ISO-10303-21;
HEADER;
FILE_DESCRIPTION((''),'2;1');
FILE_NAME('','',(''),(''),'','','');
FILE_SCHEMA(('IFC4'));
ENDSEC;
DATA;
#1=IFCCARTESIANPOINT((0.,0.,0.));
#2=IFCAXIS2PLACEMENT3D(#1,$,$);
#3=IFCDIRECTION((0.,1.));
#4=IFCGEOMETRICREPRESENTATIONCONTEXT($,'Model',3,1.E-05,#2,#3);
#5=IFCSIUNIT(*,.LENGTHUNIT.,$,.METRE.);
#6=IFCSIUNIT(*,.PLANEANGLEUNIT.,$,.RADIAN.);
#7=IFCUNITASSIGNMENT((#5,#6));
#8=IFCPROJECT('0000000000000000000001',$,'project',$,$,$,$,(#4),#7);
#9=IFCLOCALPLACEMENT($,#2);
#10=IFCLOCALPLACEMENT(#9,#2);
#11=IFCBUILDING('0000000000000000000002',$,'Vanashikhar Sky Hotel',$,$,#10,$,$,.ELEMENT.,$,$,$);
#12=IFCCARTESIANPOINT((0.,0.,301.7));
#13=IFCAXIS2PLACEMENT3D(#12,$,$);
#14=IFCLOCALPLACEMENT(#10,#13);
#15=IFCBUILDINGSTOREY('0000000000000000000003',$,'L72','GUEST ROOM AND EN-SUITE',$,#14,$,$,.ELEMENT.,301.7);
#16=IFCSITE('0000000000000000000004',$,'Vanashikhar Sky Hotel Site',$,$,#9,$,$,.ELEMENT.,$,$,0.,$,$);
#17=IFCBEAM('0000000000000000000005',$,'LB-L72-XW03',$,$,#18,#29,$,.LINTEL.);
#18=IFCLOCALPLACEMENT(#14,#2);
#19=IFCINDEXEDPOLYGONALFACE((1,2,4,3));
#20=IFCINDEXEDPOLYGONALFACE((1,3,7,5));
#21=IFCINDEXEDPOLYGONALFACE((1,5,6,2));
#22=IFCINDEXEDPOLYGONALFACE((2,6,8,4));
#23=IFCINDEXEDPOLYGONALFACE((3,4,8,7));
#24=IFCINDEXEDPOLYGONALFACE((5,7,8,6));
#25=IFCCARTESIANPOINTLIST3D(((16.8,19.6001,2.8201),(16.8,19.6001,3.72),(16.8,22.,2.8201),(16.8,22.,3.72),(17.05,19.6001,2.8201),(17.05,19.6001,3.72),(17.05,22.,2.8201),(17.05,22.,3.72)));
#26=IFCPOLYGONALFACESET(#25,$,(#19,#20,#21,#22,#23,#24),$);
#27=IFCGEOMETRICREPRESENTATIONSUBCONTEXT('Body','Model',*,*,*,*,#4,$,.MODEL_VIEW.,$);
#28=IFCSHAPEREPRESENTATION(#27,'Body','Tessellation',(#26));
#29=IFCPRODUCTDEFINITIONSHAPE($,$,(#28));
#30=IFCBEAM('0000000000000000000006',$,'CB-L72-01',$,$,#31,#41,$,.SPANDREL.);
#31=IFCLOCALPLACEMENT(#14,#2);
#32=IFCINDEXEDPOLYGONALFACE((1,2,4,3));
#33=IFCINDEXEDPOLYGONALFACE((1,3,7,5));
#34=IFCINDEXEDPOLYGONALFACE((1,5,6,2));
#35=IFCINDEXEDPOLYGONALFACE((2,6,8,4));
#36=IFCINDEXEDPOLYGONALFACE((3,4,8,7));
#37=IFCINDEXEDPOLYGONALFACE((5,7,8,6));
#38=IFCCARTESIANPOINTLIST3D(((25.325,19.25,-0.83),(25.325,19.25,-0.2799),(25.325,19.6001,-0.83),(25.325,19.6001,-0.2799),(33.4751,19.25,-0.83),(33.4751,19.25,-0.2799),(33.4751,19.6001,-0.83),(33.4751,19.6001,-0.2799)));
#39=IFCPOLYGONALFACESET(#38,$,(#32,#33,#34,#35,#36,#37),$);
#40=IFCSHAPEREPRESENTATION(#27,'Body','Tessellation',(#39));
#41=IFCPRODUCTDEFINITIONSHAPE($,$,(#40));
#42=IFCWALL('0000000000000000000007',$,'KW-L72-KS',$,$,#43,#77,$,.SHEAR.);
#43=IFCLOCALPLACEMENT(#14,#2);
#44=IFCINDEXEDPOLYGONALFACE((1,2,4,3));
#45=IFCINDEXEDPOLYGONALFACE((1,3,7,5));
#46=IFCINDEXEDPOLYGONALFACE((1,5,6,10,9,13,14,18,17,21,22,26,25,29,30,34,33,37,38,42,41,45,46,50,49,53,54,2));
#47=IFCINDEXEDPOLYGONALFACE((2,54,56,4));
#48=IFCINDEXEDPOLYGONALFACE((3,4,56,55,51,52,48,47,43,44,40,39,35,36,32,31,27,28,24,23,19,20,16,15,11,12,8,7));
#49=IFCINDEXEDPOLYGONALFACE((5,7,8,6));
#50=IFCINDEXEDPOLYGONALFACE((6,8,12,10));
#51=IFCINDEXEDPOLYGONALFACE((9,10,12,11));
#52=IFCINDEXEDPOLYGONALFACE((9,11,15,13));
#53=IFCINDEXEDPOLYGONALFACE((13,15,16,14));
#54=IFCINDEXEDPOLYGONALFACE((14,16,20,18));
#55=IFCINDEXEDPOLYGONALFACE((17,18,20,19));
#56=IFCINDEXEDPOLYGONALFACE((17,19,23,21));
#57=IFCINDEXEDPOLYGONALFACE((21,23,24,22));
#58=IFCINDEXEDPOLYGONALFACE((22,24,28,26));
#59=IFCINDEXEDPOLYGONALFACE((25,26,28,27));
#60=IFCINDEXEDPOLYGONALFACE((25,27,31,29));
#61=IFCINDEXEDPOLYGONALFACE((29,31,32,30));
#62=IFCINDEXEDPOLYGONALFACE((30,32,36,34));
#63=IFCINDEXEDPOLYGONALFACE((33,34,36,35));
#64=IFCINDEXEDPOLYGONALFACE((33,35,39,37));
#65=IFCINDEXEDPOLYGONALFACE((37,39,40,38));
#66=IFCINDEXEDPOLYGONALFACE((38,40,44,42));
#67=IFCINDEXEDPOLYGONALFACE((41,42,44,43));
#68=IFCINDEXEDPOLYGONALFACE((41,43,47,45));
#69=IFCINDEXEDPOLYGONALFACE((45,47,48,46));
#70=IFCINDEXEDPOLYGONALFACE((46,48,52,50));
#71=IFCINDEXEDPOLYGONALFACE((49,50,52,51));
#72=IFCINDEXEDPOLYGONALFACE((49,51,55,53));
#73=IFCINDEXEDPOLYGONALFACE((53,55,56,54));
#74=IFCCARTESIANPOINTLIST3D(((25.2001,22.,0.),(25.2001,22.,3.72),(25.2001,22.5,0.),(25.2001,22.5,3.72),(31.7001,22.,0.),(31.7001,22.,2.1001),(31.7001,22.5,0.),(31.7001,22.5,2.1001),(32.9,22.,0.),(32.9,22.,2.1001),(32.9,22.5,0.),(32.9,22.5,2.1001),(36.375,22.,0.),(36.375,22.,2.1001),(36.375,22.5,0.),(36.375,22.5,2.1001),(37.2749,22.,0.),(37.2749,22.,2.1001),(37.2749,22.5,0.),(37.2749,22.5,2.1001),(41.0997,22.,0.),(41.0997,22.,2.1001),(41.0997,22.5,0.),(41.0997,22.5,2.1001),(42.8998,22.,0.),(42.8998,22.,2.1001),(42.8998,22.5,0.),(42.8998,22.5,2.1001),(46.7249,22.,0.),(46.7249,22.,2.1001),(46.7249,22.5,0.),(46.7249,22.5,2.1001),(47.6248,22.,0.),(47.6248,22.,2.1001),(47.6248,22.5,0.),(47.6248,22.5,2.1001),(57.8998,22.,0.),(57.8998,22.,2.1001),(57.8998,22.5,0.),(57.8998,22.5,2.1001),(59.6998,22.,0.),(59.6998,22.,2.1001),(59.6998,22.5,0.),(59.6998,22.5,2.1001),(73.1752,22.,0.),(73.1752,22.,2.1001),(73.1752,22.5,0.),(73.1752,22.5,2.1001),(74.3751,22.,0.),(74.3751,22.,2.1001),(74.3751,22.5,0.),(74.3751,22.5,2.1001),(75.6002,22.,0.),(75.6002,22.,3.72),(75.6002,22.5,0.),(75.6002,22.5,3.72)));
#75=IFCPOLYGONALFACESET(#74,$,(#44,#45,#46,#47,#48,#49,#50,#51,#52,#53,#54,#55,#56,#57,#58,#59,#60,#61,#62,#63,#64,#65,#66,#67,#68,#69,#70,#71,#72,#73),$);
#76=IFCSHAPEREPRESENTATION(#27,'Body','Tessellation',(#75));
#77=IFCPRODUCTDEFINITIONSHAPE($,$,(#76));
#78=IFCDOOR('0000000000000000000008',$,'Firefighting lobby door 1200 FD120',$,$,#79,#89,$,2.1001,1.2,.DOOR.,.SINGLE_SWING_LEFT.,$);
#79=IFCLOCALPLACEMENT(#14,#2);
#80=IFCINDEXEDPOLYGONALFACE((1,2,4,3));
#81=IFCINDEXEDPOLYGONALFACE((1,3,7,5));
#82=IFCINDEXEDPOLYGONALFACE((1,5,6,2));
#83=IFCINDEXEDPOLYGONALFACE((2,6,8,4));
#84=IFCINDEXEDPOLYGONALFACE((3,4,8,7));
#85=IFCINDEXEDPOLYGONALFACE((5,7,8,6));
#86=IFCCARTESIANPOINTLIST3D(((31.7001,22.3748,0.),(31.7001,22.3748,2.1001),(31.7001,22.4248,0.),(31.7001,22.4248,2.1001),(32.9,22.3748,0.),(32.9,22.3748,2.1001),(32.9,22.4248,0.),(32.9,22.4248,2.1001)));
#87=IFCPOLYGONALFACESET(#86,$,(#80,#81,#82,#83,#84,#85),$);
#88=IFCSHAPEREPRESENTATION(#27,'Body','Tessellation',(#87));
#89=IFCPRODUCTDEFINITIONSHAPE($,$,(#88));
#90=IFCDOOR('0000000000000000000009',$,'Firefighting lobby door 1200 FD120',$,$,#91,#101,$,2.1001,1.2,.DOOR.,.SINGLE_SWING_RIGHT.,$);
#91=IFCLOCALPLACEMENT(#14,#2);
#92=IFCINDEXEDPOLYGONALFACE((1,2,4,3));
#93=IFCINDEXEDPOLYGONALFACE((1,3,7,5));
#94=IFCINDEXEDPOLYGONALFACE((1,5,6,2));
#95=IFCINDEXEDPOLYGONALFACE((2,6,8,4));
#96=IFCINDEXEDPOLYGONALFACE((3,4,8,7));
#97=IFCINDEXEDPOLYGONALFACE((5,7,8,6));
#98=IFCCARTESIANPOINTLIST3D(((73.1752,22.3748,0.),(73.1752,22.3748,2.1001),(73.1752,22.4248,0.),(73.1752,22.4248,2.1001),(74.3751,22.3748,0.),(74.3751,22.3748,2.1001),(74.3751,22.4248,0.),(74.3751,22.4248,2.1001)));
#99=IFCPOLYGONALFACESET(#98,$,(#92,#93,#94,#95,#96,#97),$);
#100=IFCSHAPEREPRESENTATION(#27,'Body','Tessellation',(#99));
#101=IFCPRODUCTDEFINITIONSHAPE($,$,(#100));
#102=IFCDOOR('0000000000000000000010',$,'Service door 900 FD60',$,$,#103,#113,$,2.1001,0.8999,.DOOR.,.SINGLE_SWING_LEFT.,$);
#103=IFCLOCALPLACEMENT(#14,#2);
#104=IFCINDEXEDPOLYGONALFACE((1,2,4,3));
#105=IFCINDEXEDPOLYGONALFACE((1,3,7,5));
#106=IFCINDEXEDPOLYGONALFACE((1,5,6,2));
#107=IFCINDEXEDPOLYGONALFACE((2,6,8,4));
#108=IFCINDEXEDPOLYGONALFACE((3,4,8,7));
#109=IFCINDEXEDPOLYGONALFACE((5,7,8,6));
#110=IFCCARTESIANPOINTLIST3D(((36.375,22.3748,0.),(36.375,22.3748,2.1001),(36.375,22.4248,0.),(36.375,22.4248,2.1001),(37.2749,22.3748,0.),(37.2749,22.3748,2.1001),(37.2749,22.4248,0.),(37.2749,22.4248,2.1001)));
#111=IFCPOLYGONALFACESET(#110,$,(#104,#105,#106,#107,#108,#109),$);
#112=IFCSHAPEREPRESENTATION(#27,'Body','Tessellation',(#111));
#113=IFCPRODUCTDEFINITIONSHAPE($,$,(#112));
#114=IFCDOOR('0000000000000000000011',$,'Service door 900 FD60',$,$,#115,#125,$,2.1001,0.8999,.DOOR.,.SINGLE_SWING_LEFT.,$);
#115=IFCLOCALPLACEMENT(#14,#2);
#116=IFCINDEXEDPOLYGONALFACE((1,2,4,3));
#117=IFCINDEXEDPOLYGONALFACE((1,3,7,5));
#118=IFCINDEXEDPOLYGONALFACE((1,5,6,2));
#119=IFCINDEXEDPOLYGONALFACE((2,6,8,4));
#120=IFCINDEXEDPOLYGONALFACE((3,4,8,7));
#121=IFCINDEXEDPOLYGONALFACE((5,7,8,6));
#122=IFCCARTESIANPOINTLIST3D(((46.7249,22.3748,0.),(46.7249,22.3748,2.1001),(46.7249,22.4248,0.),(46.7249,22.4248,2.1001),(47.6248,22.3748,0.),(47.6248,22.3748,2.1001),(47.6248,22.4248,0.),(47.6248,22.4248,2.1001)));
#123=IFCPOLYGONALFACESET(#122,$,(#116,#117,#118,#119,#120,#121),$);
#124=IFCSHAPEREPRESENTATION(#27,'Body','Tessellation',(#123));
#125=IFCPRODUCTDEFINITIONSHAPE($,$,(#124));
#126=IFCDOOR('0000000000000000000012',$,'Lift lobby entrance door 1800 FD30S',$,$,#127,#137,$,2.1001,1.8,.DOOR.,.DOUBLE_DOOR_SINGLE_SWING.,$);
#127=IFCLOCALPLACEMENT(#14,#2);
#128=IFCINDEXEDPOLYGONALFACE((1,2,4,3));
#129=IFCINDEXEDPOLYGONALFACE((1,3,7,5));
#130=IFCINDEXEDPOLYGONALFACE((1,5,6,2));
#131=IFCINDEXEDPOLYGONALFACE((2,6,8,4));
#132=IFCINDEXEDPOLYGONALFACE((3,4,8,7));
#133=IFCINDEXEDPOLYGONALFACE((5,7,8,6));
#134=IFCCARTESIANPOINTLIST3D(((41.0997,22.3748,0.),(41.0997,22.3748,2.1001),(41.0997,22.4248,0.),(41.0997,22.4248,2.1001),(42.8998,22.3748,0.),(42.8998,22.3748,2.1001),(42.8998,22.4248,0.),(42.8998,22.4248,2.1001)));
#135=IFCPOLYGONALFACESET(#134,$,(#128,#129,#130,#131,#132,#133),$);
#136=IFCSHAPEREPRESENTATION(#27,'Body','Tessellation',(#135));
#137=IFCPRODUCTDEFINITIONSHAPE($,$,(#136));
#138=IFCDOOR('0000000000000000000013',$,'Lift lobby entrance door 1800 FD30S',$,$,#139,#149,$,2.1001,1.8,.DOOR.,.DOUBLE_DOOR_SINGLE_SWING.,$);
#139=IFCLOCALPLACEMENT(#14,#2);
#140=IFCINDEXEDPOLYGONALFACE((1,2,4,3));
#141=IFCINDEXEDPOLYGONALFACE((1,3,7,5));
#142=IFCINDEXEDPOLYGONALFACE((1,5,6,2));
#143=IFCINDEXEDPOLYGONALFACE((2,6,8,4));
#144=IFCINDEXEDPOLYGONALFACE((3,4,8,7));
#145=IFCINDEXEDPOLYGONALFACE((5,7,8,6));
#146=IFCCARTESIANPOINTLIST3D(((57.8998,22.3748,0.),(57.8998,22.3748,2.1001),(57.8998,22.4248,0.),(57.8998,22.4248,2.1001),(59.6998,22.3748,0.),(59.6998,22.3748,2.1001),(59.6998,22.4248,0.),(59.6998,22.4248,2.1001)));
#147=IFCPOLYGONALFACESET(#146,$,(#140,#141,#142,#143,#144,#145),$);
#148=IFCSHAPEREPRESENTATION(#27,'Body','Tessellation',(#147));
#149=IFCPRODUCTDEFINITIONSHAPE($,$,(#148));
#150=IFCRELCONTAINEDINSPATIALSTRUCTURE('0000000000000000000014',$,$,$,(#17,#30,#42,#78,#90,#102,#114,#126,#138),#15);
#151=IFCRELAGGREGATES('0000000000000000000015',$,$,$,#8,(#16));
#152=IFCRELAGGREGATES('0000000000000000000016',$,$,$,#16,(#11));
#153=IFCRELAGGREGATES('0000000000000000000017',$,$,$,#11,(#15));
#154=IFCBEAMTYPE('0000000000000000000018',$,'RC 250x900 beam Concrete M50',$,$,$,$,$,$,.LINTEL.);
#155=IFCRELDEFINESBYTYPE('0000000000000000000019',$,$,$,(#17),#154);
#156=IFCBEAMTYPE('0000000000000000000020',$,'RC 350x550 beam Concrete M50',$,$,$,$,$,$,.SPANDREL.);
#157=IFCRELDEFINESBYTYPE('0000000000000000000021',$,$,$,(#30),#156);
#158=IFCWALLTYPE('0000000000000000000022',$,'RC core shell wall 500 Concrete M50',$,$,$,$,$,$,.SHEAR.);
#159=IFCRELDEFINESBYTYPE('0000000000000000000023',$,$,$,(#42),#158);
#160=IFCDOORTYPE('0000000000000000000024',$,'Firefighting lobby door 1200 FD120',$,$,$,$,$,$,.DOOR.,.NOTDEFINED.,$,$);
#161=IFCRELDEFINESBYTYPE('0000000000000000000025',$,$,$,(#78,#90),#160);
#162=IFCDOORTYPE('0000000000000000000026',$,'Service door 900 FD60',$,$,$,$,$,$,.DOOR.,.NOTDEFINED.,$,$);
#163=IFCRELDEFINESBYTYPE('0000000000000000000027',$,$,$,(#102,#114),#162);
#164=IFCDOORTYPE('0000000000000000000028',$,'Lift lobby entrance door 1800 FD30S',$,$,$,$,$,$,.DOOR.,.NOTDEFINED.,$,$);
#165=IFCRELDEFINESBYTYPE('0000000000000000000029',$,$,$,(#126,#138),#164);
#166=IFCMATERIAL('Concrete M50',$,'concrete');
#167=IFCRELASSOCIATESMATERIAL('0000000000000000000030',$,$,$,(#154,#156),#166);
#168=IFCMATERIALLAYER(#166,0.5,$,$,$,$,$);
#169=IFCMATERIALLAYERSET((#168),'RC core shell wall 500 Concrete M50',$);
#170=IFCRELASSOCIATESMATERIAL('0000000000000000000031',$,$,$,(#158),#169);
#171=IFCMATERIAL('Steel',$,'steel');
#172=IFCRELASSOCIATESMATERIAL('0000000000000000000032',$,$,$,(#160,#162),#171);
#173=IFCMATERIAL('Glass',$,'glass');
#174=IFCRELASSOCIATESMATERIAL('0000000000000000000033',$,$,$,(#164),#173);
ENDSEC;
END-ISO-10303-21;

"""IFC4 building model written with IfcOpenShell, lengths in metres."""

from ifc_helpers import new_model, si_unit, direction, frame, frame_2d, origin, origin_2d, place, context, subcontext, project, spatial, rectangle, extrude, source, transform, mapped, material, layer, layer_set, material_profile, profile_set, type_object, element, fill, save


model = new_model("IFC4")

# Units and contexts
model_context = context("Model", 3, precision=1e-05, world=origin(), true_north=direction((0.0, 1.0)))
body_context = subcontext(model_context, "Body", "Model", "MODEL_VIEW")
ifc_project = project(units=[si_unit("LENGTHUNIT", "METRE"), si_unit("PLANEANGLEUNIT", "RADIAN")], contexts=[model_context])

# Site, building, storey
site_placement = place(None, origin())
site = spatial("IfcSite", under=ifc_project, at=site_placement, Name="Vanashikhar Sky Hotel Site", CompositionType="ELEMENT", RefElevation=0.0)
building_placement = place(site_placement, origin())
building = spatial("IfcBuilding", under=site, at=building_placement, Name="Vanashikhar Sky Hotel", CompositionType="ELEMENT")
storey_placement = place(building_placement, frame((0.0, 0.0, 301.7)))
storey = spatial("IfcBuildingStorey", under=building, at=storey_placement, Name="L72", Description="GUEST ROOM AND EN-SUITE", CompositionType="ELEMENT", Elevation=301.7)

# Beams
ifc_material_1 = material(Name="Concrete M50", Category="concrete")
ifc_material_profile_1 = material_profile(ifc_material_1, rectangle(XDim=0.25, YDim=0.8999, at=origin_2d()))
ifc_profile_set_1 = profile_set([ifc_material_profile_1], Name="RC 250x900 beam Concrete M50")
beam_type_1 = type_object("IfcBeamType", Name="RC 250x900 beam Concrete M50", PredefinedType="LINTEL", material=ifc_profile_set_1)
shared_shape_1 = source(origin(), body_context, "Body", "SweptSolid", [
    extrude(rectangle(XDim=0.25, YDim=0.8999, at=origin_2d()), origin(), (0.0, 0.0, 1.0), 2.3999),
])
beam_1_placement = place(storey_placement, frame((16.925, 19.6001, 3.27), z_axis=(0.0, 1.0, 0.0), x_axis=(-1.0, 0.0, 0.0)))
element("IfcBeam", 1, at=beam_1_placement, inside=storey, type_object=beam_type_1, Name="LB-L72-XW03", PredefinedType="LINTEL", context=body_context, shape_type="MappedRepresentation", body=[
    mapped(shared_shape_1, transform((0.0, 0.0, 0.0), scale=1.0)),
])
ifc_material_profile_2 = material_profile(ifc_material_1, rectangle(XDim=0.3501, YDim=0.55, at=origin_2d()))
ifc_profile_set_2 = profile_set([ifc_material_profile_2], Name="RC 350x550 beam Concrete M50")
beam_type_2 = type_object("IfcBeamType", Name="RC 350x550 beam Concrete M50", PredefinedType="SPANDREL", material=ifc_profile_set_2)
shared_shape_2 = source(origin(), body_context, "Body", "SweptSolid", [
    extrude(rectangle(XDim=0.3501, YDim=0.55, at=origin_2d()), origin(), (0.0, 0.0, 1.0), 8.1501),
])
beam_2_placement = place(storey_placement, frame((25.325, 19.425, -0.5549), z_axis=(1.0, 0.0, 0.0), x_axis=(0.0, 1.0, 0.0)))
element("IfcBeam", 2, at=beam_2_placement, inside=storey, type_object=beam_type_2, Name="CB-L72-01", PredefinedType="SPANDREL", context=body_context, shape_type="MappedRepresentation", body=[
    mapped(shared_shape_2, transform((0.0, 0.0, 0.0), scale=1.0)),
])

# Wall, openings, doors
ifc_layer_1 = layer(ifc_material_1, 0.5)
ifc_layer_set_1 = layer_set([ifc_layer_1], Name="RC core shell wall 500 Concrete M50")
wall_type_1 = type_object("IfcWallType", Name="RC core shell wall 500 Concrete M50", PredefinedType="SHEAR", material=ifc_layer_set_1)
shared_shape_3 = source(origin(), body_context, "Body", "SweptSolid", [
    extrude(rectangle(XDim=50.4001, YDim=0.5, at=frame_2d((25.2002, 0.0))), origin(), (0.0, 0.0, 1.0), 3.72),
])
wall_1_placement = place(storey_placement, frame((25.2, 22.25, 0.0), z_axis=(0.0, 0.0, 1.0), x_axis=(1.0, 0.0, 0.0)))
wall_1 = element("IfcWall", 3, at=wall_1_placement, inside=storey, type_object=wall_type_1, Name="KW-L72-KS", PredefinedType="SHEAR", context=body_context, shape_type="MappedRepresentation", body=[
    mapped(shared_shape_3, transform((0.0, 0.0, 0.0), scale=1.0)),
])
shared_shape_4 = source(origin(), body_context, "Body", "SweptSolid", [
    extrude(rectangle(XDim=1.8, YDim=2.1001, at=frame_2d((0.8999, 1.05))), frame((0.0, 0.26, 0.0), z_axis=(0.0, -1.0, 0.0), x_axis=(1.0, 0.0, 0.0)), (0.0, 0.0, 1.0), 0.52),
])
opening_1_placement = place(wall_1_placement, frame((15.8999, 0.0, 0.0)))
opening_1 = element("IfcOpeningElement", 4, at=opening_1_placement, cuts=wall_1, PredefinedType="OPENING", context=body_context, shape_type="MappedRepresentation", body=[
    mapped(shared_shape_4, transform((0.0, 0.0, 0.0), scale=1.0)),
])
shared_shape_5 = source(origin(), body_context, "Body", "SweptSolid", [
    extrude(rectangle(XDim=0.8999, YDim=2.1001, at=frame_2d((0.45, 1.05))), frame((0.0, 0.26, 0.0), z_axis=(0.0, -1.0, 0.0), x_axis=(1.0, 0.0, 0.0)), (0.0, 0.0, 1.0), 0.52),
])
opening_2_placement = place(wall_1_placement, frame((11.175, 0.0, 0.0)))
opening_2 = element("IfcOpeningElement", 5, at=opening_2_placement, cuts=wall_1, PredefinedType="OPENING", context=body_context, shape_type="MappedRepresentation", body=[
    mapped(shared_shape_5, transform((0.0, 0.0, 0.0), scale=1.0)),
])
opening_3_placement = place(wall_1_placement, frame((21.5249, 0.0, 0.0)))
opening_3 = element("IfcOpeningElement", 6, at=opening_3_placement, cuts=wall_1, PredefinedType="OPENING", context=body_context, shape_type="MappedRepresentation", body=[
    mapped(shared_shape_5, transform((0.0, 0.0, 0.0), scale=1.0)),
])
opening_4_placement = place(wall_1_placement, frame((32.7, 0.0, 0.0)))
opening_4 = element("IfcOpeningElement", 7, at=opening_4_placement, cuts=wall_1, PredefinedType="OPENING", context=body_context, shape_type="MappedRepresentation", body=[
    mapped(shared_shape_4, transform((0.0, 0.0, 0.0), scale=1.0)),
])
shared_shape_6 = source(origin(), body_context, "Body", "SweptSolid", [
    extrude(rectangle(XDim=1.2, YDim=2.1001, at=frame_2d((0.6001, 1.05))), frame((0.0, 0.26, 0.0), z_axis=(0.0, -1.0, 0.0), x_axis=(1.0, 0.0, 0.0)), (0.0, 0.0, 1.0), 0.52),
])
opening_5_placement = place(wall_1_placement, frame((6.5, 0.0, 0.0)))
opening_5 = element("IfcOpeningElement", 8, at=opening_5_placement, cuts=wall_1, PredefinedType="OPENING", context=body_context, shape_type="MappedRepresentation", body=[
    mapped(shared_shape_6, transform((0.0, 0.0, 0.0), scale=1.0)),
])
opening_6_placement = place(wall_1_placement, frame((47.9751, 0.0, 0.0)))
opening_6 = element("IfcOpeningElement", 9, at=opening_6_placement, cuts=wall_1, PredefinedType="OPENING", context=body_context, shape_type="MappedRepresentation", body=[
    mapped(shared_shape_6, transform((0.0, 0.0, 0.0), scale=1.0)),
])
ifc_material_2 = material(Name="Steel", Category="steel")
door_type_1 = type_object("IfcDoorType", Name="Firefighting lobby door 1200 FD120", OperationType="NOTDEFINED", PredefinedType="DOOR", material=ifc_material_2)
shared_shape_7 = source(origin(), body_context, "Body", "SweptSolid", [
    extrude(rectangle(XDim=1.2, YDim=2.1001, at=frame_2d((0.6001, 1.05))), frame((0.0, 0.1748, 0.0), z_axis=(0.0, -1.0, 0.0), x_axis=(1.0, 0.0, 0.0)), (0.0, 0.0, 1.0), 0.05),
])
door_1_placement = place(opening_5_placement, origin())
door_1 = element("IfcDoor", 10, at=door_1_placement, inside=storey, type_object=door_type_1, Name="Firefighting lobby door 1200 FD120", OperationType="SINGLE_SWING_LEFT", OverallHeight=2.1001, OverallWidth=1.2, PredefinedType="DOOR", context=body_context, shape_type="MappedRepresentation", body=[
    mapped(shared_shape_7, transform((0.0, 0.0, 0.0), scale=1.0)),
])
fill(opening_5, door_1)
door_2_placement = place(opening_6_placement, origin())
door_2 = element("IfcDoor", 11, at=door_2_placement, inside=storey, type_object=door_type_1, Name="Firefighting lobby door 1200 FD120", OperationType="SINGLE_SWING_RIGHT", OverallHeight=2.1001, OverallWidth=1.2, PredefinedType="DOOR", context=body_context, shape_type="MappedRepresentation", body=[
    mapped(shared_shape_7, transform((0.0, 0.0, 0.0), scale=1.0)),
])
fill(opening_6, door_2)
door_type_2 = type_object("IfcDoorType", Name="Service door 900 FD60", OperationType="NOTDEFINED", PredefinedType="DOOR", material=ifc_material_2)
shared_shape_8 = source(origin(), body_context, "Body", "SweptSolid", [
    extrude(rectangle(XDim=0.8999, YDim=2.1001, at=frame_2d((0.45, 1.05))), frame((0.0, 0.1748, 0.0), z_axis=(0.0, -1.0, 0.0), x_axis=(1.0, 0.0, 0.0)), (0.0, 0.0, 1.0), 0.05),
])
door_3_placement = place(opening_2_placement, origin())
door_3 = element("IfcDoor", 12, at=door_3_placement, inside=storey, type_object=door_type_2, Name="Service door 900 FD60", OperationType="SINGLE_SWING_LEFT", OverallHeight=2.1001, OverallWidth=0.8999, PredefinedType="DOOR", context=body_context, shape_type="MappedRepresentation", body=[
    mapped(shared_shape_8, transform((0.0, 0.0, 0.0), scale=1.0)),
])
fill(opening_2, door_3)
door_4_placement = place(opening_3_placement, origin())
door_4 = element("IfcDoor", 13, at=door_4_placement, inside=storey, type_object=door_type_2, Name="Service door 900 FD60", OperationType="SINGLE_SWING_LEFT", OverallHeight=2.1001, OverallWidth=0.8999, PredefinedType="DOOR", context=body_context, shape_type="MappedRepresentation", body=[
    mapped(shared_shape_8, transform((0.0, 0.0, 0.0), scale=1.0)),
])
fill(opening_3, door_4)
ifc_material_3 = material(Name="Glass", Category="glass")
door_type_3 = type_object("IfcDoorType", Name="Lift lobby entrance door 1800 FD30S", OperationType="NOTDEFINED", PredefinedType="DOOR", material=ifc_material_3)
shared_shape_9 = source(origin(), body_context, "Body", "SweptSolid", [
    extrude(rectangle(XDim=1.8, YDim=2.1001, at=frame_2d((0.8999, 1.05))), frame((0.0, 0.1748, 0.0), z_axis=(0.0, -1.0, 0.0), x_axis=(1.0, 0.0, 0.0)), (0.0, 0.0, 1.0), 0.05),
])
door_5_placement = place(opening_1_placement, origin())
door_5 = element("IfcDoor", 14, at=door_5_placement, inside=storey, type_object=door_type_3, Name="Lift lobby entrance door 1800 FD30S", OperationType="DOUBLE_DOOR_SINGLE_SWING", OverallHeight=2.1001, OverallWidth=1.8, PredefinedType="DOOR", context=body_context, shape_type="MappedRepresentation", body=[
    mapped(shared_shape_9, transform((0.0, 0.0, 0.0), scale=1.0)),
])
fill(opening_1, door_5)
door_6_placement = place(opening_4_placement, origin())
door_6 = element("IfcDoor", 15, at=door_6_placement, inside=storey, type_object=door_type_3, Name="Lift lobby entrance door 1800 FD30S", OperationType="DOUBLE_DOOR_SINGLE_SWING", OverallHeight=2.1001, OverallWidth=1.8, PredefinedType="DOOR", context=body_context, shape_type="MappedRepresentation", body=[
    mapped(shared_shape_9, transform((0.0, 0.0, 0.0), scale=1.0)),
])
fill(opening_4, door_6)

save(model, "model.ifc")
